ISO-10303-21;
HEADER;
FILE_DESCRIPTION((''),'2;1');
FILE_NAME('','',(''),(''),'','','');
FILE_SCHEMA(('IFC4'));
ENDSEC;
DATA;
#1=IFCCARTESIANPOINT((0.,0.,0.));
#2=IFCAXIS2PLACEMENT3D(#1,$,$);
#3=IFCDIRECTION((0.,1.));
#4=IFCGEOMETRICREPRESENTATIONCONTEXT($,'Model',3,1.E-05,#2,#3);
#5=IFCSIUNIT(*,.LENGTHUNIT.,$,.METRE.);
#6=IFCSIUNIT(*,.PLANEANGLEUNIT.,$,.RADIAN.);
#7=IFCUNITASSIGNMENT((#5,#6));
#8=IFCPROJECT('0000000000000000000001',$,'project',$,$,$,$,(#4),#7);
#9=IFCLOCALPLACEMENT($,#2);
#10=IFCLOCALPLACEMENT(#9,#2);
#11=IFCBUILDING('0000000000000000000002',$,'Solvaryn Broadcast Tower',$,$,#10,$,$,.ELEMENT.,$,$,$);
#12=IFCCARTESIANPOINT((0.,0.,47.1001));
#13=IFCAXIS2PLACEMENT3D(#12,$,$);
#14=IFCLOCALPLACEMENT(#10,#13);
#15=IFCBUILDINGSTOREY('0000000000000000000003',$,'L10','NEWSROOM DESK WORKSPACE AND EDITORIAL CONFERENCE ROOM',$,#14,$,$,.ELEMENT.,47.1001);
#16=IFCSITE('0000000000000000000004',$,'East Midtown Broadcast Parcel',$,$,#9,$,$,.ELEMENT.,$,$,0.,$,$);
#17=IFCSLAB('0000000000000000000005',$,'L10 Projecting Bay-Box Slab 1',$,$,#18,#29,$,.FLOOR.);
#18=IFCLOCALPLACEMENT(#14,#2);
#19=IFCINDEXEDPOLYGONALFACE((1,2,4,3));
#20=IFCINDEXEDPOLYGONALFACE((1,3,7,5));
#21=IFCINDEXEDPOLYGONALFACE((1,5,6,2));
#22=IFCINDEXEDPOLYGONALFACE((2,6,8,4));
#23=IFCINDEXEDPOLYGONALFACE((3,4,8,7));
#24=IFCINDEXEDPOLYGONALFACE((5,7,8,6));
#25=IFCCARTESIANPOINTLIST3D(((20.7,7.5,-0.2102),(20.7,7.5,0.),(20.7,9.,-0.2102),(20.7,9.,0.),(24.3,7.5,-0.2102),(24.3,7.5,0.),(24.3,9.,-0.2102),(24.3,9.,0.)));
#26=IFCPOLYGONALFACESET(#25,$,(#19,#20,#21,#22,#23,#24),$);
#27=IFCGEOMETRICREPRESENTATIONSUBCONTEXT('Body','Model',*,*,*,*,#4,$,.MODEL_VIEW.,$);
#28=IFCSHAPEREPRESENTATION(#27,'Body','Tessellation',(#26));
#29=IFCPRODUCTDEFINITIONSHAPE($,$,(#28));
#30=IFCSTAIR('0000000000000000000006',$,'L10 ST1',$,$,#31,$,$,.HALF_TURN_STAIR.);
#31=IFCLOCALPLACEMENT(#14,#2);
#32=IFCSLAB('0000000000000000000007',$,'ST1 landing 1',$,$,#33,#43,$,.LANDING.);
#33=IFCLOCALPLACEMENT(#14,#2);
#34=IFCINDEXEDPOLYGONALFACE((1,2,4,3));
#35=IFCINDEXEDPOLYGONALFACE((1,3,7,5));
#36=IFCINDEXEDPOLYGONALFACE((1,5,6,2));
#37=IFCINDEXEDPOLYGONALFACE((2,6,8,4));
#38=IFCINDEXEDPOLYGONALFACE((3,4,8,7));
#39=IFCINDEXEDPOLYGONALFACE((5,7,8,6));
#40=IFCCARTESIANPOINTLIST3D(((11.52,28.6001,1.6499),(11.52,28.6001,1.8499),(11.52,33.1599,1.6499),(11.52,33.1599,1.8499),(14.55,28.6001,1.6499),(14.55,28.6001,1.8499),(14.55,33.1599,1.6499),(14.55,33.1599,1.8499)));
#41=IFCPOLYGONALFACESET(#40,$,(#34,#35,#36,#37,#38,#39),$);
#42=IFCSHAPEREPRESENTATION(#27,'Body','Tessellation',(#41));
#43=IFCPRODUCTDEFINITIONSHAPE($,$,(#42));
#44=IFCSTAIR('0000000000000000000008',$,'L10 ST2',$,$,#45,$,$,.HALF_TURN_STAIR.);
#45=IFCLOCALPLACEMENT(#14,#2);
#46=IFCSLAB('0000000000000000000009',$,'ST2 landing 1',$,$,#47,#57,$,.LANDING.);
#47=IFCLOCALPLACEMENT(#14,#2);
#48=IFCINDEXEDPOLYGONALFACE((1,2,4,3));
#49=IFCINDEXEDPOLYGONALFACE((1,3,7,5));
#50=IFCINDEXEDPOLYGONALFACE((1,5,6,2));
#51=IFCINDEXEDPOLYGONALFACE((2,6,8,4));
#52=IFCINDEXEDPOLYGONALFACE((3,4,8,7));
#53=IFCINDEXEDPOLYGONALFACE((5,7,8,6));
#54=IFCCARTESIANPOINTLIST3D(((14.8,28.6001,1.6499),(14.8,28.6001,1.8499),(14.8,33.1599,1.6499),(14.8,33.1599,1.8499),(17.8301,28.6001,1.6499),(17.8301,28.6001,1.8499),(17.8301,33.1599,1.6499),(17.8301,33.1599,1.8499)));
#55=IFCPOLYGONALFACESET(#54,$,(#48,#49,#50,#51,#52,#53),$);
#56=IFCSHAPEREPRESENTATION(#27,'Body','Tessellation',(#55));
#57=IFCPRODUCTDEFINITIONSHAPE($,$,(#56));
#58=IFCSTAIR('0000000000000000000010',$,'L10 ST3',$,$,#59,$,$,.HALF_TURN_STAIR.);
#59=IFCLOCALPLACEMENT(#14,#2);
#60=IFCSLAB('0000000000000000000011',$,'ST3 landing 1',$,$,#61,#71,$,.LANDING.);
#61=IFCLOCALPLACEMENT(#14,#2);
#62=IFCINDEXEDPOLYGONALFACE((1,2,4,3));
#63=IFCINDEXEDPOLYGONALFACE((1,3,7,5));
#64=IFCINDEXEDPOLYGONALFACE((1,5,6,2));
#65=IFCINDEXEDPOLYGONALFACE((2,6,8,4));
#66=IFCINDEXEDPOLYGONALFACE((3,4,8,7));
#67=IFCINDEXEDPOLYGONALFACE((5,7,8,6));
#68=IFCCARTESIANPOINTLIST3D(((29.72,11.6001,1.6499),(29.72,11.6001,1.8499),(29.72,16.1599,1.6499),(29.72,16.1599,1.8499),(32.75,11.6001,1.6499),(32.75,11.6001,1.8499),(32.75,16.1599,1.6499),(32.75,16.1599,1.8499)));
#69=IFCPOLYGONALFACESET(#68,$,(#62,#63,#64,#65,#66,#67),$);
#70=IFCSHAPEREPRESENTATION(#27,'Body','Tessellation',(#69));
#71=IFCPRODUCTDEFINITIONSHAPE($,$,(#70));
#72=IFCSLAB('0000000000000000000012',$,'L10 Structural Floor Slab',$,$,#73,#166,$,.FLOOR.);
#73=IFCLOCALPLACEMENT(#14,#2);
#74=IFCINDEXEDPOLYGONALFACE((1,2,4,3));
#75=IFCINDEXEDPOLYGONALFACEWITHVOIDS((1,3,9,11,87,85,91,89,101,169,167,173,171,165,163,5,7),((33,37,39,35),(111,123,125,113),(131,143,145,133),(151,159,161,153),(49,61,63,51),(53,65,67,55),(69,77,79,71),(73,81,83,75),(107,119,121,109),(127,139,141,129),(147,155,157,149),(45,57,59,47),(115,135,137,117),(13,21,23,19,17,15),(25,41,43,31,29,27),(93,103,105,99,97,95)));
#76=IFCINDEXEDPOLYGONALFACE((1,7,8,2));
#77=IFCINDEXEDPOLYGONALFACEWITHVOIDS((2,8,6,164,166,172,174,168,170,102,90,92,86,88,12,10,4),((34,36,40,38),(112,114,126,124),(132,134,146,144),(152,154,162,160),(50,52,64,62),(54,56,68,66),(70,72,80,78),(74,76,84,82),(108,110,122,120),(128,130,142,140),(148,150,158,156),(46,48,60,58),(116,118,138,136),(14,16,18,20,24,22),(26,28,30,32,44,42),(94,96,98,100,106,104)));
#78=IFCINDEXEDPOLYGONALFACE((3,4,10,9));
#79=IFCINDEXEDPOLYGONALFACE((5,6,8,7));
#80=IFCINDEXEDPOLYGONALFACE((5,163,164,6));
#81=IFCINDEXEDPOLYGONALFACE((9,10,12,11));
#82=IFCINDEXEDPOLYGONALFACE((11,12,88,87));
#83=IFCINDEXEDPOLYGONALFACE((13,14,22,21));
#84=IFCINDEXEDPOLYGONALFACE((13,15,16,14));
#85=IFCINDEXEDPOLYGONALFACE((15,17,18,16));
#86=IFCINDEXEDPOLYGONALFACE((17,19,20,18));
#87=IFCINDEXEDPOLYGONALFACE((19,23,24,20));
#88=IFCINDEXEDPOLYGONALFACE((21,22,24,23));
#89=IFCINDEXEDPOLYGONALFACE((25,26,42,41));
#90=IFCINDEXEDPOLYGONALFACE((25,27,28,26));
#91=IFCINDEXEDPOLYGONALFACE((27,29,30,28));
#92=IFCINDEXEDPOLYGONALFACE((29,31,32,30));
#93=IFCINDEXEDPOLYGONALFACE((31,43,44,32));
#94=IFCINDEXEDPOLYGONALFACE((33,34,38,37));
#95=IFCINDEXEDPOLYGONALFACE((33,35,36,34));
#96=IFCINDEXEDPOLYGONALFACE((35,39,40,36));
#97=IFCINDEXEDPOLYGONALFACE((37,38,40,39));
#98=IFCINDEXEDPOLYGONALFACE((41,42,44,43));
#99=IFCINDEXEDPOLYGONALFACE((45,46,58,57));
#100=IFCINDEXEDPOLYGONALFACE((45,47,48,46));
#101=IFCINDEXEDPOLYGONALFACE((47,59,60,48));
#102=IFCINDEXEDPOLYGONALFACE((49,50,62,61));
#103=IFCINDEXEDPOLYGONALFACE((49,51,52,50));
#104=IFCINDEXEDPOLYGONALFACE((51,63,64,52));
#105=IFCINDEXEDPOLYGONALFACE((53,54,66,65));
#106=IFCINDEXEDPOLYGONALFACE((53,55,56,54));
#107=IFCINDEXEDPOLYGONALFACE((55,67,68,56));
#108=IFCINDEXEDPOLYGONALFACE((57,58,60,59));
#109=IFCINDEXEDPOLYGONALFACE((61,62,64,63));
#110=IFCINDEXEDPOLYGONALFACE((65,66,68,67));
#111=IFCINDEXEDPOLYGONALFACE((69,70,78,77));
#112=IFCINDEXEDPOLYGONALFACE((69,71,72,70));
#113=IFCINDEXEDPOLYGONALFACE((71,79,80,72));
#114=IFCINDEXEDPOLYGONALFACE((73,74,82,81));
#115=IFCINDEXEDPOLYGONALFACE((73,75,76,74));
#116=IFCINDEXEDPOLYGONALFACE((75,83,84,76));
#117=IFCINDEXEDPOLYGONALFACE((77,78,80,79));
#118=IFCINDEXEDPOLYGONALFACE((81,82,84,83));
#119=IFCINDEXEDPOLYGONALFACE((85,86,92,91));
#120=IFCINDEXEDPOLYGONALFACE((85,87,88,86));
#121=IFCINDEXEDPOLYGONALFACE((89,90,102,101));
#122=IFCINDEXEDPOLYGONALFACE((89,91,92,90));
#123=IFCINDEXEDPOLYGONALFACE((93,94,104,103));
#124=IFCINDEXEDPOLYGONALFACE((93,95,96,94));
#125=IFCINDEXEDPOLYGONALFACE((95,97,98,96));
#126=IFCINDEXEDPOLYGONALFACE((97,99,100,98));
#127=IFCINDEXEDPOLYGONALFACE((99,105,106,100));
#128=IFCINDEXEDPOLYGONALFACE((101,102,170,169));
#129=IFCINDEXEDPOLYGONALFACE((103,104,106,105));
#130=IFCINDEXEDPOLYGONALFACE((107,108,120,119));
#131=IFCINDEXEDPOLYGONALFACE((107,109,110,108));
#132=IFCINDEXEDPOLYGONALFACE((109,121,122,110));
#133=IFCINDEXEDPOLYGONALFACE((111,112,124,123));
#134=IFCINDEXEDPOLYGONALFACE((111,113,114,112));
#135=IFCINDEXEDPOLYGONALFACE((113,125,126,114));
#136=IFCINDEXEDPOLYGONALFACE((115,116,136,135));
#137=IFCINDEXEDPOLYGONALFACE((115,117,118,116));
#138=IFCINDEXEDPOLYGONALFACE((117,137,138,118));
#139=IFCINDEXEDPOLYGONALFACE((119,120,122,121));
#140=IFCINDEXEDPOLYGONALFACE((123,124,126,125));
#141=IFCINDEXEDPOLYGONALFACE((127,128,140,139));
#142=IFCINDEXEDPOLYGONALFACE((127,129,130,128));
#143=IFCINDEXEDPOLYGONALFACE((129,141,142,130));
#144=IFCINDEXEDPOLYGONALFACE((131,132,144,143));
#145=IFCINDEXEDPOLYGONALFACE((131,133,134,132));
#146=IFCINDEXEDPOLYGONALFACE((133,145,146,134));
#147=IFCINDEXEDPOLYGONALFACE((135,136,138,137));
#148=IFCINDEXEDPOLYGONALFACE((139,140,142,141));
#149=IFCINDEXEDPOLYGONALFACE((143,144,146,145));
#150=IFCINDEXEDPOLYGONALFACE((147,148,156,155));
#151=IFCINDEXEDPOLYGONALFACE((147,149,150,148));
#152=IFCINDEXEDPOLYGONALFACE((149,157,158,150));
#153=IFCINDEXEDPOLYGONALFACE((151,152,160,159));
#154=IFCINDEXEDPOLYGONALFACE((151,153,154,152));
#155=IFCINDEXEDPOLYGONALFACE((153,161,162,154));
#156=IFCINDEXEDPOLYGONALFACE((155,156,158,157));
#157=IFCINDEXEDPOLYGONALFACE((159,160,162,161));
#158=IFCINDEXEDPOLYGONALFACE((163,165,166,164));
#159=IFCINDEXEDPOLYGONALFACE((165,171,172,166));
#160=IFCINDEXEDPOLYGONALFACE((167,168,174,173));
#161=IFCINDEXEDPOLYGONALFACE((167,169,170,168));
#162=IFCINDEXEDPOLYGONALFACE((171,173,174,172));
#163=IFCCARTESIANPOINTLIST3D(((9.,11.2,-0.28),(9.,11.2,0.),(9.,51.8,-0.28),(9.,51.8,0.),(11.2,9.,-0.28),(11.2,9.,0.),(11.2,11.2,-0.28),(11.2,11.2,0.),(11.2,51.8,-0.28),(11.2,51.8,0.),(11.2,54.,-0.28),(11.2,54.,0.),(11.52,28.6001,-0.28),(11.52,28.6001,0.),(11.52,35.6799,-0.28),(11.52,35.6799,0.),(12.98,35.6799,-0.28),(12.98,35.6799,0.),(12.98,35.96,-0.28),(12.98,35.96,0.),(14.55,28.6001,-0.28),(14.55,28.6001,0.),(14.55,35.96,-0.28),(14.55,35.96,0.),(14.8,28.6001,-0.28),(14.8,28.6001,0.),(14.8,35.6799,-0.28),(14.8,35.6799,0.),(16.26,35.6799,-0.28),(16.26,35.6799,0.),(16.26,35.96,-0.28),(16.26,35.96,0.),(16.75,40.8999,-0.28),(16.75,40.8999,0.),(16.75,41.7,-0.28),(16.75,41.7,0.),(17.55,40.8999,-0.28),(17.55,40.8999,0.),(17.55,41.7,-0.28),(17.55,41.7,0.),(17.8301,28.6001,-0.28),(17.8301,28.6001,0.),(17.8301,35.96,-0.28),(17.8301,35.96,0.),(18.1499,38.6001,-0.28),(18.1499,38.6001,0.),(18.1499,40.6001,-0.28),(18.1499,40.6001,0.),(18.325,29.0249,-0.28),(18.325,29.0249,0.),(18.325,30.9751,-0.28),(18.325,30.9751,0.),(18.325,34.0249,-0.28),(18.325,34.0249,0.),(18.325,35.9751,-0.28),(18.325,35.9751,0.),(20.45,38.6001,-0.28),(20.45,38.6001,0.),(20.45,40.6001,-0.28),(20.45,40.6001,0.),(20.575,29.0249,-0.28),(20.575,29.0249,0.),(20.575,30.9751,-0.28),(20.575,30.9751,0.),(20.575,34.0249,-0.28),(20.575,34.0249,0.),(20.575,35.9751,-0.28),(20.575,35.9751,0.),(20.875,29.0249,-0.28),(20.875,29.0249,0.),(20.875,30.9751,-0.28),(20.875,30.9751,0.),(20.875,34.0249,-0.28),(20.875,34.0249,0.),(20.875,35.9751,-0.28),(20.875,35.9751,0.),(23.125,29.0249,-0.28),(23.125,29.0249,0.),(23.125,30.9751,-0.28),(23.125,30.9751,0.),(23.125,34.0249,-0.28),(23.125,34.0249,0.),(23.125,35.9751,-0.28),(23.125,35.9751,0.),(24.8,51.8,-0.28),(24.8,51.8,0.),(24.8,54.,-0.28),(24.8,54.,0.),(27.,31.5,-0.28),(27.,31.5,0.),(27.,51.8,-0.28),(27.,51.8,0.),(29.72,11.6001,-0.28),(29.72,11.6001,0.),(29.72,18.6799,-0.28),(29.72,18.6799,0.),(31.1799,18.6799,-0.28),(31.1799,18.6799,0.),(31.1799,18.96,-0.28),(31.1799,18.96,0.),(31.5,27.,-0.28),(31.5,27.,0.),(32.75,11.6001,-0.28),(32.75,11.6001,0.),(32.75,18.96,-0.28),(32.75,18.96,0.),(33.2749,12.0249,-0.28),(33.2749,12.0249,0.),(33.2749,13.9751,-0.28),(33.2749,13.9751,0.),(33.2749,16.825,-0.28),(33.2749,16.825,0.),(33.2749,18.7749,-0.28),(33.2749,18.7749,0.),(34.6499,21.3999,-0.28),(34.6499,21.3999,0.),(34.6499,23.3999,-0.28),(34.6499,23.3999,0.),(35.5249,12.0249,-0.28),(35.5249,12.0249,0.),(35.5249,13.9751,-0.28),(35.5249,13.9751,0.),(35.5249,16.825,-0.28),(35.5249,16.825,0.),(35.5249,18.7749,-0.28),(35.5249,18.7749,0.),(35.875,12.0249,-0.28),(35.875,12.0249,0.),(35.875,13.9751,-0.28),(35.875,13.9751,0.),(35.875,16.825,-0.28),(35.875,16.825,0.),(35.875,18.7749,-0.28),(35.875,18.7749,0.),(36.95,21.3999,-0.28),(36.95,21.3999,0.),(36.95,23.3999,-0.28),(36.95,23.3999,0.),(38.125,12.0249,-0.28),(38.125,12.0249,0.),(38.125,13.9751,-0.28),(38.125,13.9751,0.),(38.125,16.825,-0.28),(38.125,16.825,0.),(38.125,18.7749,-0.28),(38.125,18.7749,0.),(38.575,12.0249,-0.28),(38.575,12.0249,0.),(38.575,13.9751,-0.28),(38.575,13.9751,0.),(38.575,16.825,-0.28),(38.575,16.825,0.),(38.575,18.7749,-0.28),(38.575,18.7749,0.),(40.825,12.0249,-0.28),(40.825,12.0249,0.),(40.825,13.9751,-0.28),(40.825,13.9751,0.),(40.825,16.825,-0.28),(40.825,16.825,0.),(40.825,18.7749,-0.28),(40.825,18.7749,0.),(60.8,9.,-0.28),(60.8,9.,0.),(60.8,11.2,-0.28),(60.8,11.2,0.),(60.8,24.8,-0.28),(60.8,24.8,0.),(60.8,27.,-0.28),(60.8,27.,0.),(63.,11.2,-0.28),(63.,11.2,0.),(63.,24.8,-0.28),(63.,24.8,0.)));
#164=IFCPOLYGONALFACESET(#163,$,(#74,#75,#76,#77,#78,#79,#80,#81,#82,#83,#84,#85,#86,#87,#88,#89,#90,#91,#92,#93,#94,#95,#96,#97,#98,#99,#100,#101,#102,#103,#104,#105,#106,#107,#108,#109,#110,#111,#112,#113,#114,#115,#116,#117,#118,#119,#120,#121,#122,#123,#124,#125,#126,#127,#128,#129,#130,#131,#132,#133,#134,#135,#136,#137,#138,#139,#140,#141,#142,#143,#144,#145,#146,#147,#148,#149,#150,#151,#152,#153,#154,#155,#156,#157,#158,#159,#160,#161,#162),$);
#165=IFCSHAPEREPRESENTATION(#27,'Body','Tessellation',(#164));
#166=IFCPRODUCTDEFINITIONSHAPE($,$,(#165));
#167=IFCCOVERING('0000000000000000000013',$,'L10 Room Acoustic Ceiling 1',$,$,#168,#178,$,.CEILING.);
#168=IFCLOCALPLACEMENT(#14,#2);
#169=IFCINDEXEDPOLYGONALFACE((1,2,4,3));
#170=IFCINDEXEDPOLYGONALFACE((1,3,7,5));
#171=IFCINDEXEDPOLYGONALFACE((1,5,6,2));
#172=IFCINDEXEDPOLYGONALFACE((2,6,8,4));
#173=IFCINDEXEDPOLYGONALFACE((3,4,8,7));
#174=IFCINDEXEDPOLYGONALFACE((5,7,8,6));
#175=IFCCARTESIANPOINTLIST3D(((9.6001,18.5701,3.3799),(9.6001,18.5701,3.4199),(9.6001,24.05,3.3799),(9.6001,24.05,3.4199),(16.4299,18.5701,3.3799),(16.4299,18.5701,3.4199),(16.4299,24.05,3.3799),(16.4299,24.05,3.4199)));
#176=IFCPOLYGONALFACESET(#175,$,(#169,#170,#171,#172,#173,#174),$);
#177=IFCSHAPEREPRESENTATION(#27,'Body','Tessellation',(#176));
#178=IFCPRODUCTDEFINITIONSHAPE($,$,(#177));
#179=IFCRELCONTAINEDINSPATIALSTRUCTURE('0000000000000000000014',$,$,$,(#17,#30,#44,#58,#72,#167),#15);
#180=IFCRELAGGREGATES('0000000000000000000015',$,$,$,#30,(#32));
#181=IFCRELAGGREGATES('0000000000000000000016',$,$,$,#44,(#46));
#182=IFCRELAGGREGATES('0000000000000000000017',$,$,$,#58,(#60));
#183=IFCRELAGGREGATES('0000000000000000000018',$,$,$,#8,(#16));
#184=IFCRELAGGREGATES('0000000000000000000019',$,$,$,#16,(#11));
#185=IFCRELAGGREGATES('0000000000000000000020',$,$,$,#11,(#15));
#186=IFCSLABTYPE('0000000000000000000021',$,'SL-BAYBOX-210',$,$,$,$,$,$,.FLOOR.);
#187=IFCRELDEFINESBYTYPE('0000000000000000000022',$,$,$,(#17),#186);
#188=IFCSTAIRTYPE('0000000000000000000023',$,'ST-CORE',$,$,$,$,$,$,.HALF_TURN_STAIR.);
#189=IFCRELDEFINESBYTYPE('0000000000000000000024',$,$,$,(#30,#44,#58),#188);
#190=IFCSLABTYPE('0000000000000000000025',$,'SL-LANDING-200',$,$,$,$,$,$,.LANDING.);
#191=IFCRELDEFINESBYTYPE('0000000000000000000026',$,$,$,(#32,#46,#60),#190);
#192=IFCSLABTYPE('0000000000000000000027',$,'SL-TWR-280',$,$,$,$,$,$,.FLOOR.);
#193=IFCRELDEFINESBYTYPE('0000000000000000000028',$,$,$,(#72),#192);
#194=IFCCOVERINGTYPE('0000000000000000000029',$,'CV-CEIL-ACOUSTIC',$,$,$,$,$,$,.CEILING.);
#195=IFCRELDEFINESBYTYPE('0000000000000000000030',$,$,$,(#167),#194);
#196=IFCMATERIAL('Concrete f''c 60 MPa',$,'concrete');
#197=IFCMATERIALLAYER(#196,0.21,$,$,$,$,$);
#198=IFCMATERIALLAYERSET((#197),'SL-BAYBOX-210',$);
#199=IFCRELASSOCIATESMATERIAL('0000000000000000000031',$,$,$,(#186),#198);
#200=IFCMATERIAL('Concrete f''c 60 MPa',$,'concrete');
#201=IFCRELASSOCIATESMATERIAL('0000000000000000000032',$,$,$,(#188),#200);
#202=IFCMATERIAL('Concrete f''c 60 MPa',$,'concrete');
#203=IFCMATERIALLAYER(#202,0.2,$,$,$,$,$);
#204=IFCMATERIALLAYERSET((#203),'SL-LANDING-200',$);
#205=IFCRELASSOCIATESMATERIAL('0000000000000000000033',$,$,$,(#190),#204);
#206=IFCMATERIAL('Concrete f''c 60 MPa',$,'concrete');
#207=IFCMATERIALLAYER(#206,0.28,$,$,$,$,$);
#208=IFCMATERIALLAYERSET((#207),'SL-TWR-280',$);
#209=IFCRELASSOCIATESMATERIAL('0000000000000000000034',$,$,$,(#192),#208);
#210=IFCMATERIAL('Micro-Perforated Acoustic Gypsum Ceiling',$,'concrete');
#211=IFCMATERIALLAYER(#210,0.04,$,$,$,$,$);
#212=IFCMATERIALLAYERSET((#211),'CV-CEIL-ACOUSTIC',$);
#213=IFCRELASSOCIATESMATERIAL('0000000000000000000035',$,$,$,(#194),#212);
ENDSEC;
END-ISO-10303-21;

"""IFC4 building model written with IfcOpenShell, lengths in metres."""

from ifc_helpers import new_model, si_unit, direction, frame, origin, place, context, subcontext, project, spatial, polyline, outline, extrude, material, layer, layer_set, type_object, element, aggregate, save


model = new_model("IFC4")

# Units and contexts
model_context = context("Model", 3, precision=1e-05, world=origin(), true_north=direction((0.0, 1.0)))
body_context = subcontext(model_context, "Body", "Model", "MODEL_VIEW")
ifc_project = project(units=[si_unit("LENGTHUNIT", "METRE"), si_unit("PLANEANGLEUNIT", "RADIAN")], contexts=[model_context])

# Site, building, storey
site_placement = place(None, origin())
site = spatial("IfcSite", under=ifc_project, at=site_placement, Name="East Midtown Broadcast Parcel", CompositionType="ELEMENT", RefElevation=0.0)
building_placement = place(site_placement, origin())
building = spatial("IfcBuilding", under=site, at=building_placement, Name="Solvaryn Broadcast Tower", CompositionType="ELEMENT")
storey_placement = place(building_placement, frame((0.0, 0.0, 47.1001)))
storey = spatial("IfcBuildingStorey", under=building, at=storey_placement, Name="L10", Description="NEWSROOM DESK WORKSPACE AND EDITORIAL CONFERENCE ROOM", CompositionType="ELEMENT", Elevation=47.1001)

# Slab
ifc_material_1 = material(Name="Concrete f'c 60 MPa", Category="concrete")
ifc_layer_1 = layer(ifc_material_1, 0.21)
ifc_layer_set_1 = layer_set([ifc_layer_1], Name="SL-BAYBOX-210")
slab_type_1 = type_object("IfcSlabType", Name="SL-BAYBOX-210", PredefinedType="FLOOR", material=ifc_layer_set_1)
slab_1_placement = place(storey_placement, frame((0.0, 0.0, -0.2102)))
element("IfcSlab", 1, at=slab_1_placement, inside=storey, type_object=slab_type_1, Name="L10 Projecting Bay-Box Slab 1", PredefinedType="FLOOR", context=body_context, shape_type="SweptSolid", body=[
    extrude(outline(polyline([(20.7, 7.5), (24.3, 7.5), (24.3, 9.0), (20.7, 9.0), (20.7, 7.5)])), origin(), (0.0, 0.0, 1.0), 0.2102),
])

# Stairs, slabs
ifc_material_2 = material(Name="Concrete f'c 60 MPa", Category="concrete")
stair_type = type_object("IfcStairType", Name="ST-CORE", PredefinedType="HALF_TURN_STAIR", material=ifc_material_2)
stair_1_placement = place(storey_placement, origin())
stair_1 = element("IfcStair", 2, at=stair_1_placement, inside=storey, type_object=stair_type, Name="L10 ST1", PredefinedType="HALF_TURN_STAIR")
ifc_material_3 = material(Name="Concrete f'c 60 MPa", Category="concrete")
ifc_layer_2 = layer(ifc_material_3, 0.2)
ifc_layer_set_2 = layer_set([ifc_layer_2], Name="SL-LANDING-200")
slab_type_2 = type_object("IfcSlabType", Name="SL-LANDING-200", PredefinedType="LANDING", material=ifc_layer_set_2)
slab_2_placement = place(storey_placement, frame((0.0, 0.0, 1.6499)))
slab_2 = element("IfcSlab", 3, at=slab_2_placement, type_object=slab_type_2, Name="ST1 landing 1", PredefinedType="LANDING", context=body_context, shape_type="SweptSolid", body=[
    extrude(outline(polyline([(11.52, 33.1599), (11.52, 28.6001), (14.55, 28.6001), (14.55, 33.1599), (11.52, 33.1599)])), origin(), (0.0, 0.0, 1.0), 0.2),
])
aggregate(stair_1, [slab_2])
stair_2_placement = place(storey_placement, origin())
stair_2 = element("IfcStair", 4, at=stair_2_placement, inside=storey, type_object=stair_type, Name="L10 ST2", PredefinedType="HALF_TURN_STAIR")
slab_3_placement = place(storey_placement, frame((0.0, 0.0, 1.6499)))
slab_3 = element("IfcSlab", 5, at=slab_3_placement, type_object=slab_type_2, Name="ST2 landing 1", PredefinedType="LANDING", context=body_context, shape_type="SweptSolid", body=[
    extrude(outline(polyline([(14.8, 33.1599), (14.8, 28.6001), (17.8301, 28.6001), (17.8301, 33.1599), (14.8, 33.1599)])), origin(), (0.0, 0.0, 1.0), 0.2),
])
aggregate(stair_2, [slab_3])
stair_3_placement = place(storey_placement, origin())
stair_3 = element("IfcStair", 6, at=stair_3_placement, inside=storey, type_object=stair_type, Name="L10 ST3", PredefinedType="HALF_TURN_STAIR")
slab_4_placement = place(storey_placement, frame((0.0, 0.0, 1.6499)))
slab_4 = element("IfcSlab", 7, at=slab_4_placement, type_object=slab_type_2, Name="ST3 landing 1", PredefinedType="LANDING", context=body_context, shape_type="SweptSolid", body=[
    extrude(outline(polyline([(29.72, 16.1599), (29.72, 11.6001), (32.75, 11.6001), (32.75, 16.1599), (29.72, 16.1599)])), origin(), (0.0, 0.0, 1.0), 0.2),
])
aggregate(stair_3, [slab_4])

# Slab
ifc_material_4 = material(Name="Concrete f'c 60 MPa", Category="concrete")
ifc_layer_3 = layer(ifc_material_4, 0.28)
ifc_layer_set_3 = layer_set([ifc_layer_3], Name="SL-TWR-280")
slab_type_3 = type_object("IfcSlabType", Name="SL-TWR-280", PredefinedType="FLOOR", material=ifc_layer_set_3)
slab_5_placement = place(storey_placement, frame((0.0, 0.0, -0.28)))
element("IfcSlab", 8, at=slab_5_placement, inside=storey, type_object=slab_type_3, Name="L10 Structural Floor Slab", PredefinedType="FLOOR", context=body_context, shape_type="SweptSolid", body=[
    extrude(outline(polyline([(11.2, 9.0), (60.8, 9.0), (60.8, 11.2), (63.0, 11.2), (63.0, 24.8), (60.8, 24.8), (60.8, 27.0), (31.5, 27.0), (27.0, 31.5), (27.0, 51.8), (24.8, 51.8), (24.8, 54.0), (11.2, 54.0), (11.2, 51.8), (9.0, 51.8), (9.0, 11.2), (11.2, 11.2), (11.2, 9.0)]), holes=[polyline([(11.52, 28.6001), (14.55, 28.6001), (14.55, 35.96), (12.98, 35.96), (12.98, 35.6799), (11.52, 35.6799), (11.52, 28.6001)]), polyline([(14.8, 28.6001), (17.8301, 28.6001), (17.8301, 35.96), (16.26, 35.96), (16.26, 35.6799), (14.8, 35.6799), (14.8, 28.6001)]), polyline([(29.72, 11.6001), (32.75, 11.6001), (32.75, 18.96), (31.1799, 18.96), (31.1799, 18.6799), (29.72, 18.6799), (29.72, 11.6001)]), polyline([(18.1499, 38.6001), (20.45, 38.6001), (20.45, 40.6001), (18.1499, 40.6001), (18.1499, 38.6001)]), polyline([(18.325, 29.0249), (20.575, 29.0249), (20.575, 30.9751), (18.325, 30.9751), (18.325, 29.0249)]), polyline([(20.875, 29.0249), (23.125, 29.0249), (23.125, 30.9751), (20.875, 30.9751), (20.875, 29.0249)]), polyline([(18.325, 34.0249), (20.575, 34.0249), (20.575, 35.9751), (18.325, 35.9751), (18.325, 34.0249)]), polyline([(20.875, 34.0249), (23.125, 34.0249), (23.125, 35.9751), (20.875, 35.9751), (20.875, 34.0249)]), polyline([(34.6499, 21.3999), (36.95, 21.3999), (36.95, 23.3999), (34.6499, 23.3999), (34.6499, 21.3999)]), polyline([(33.2749, 12.0249), (35.5249, 12.0249), (35.5249, 13.9751), (33.2749, 13.9751), (33.2749, 12.0249)]), polyline([(35.875, 12.0249), (38.125, 12.0249), (38.125, 13.9751), (35.875, 13.9751), (35.875, 12.0249)]), polyline([(33.2749, 16.825), (35.5249, 16.825), (35.5249, 18.7749), (33.2749, 18.7749), (33.2749, 16.825)]), polyline([(35.875, 16.825), (38.125, 16.825), (38.125, 18.7749), (35.875, 18.7749), (35.875, 16.825)]), polyline([(38.575, 12.0249), (40.825, 12.0249), (40.825, 13.9751), (38.575, 13.9751), (38.575, 12.0249)]), polyline([(38.575, 16.825), (40.825, 16.825), (40.825, 18.7749), (38.575, 18.7749), (38.575, 16.825)]), polyline([(16.75, 40.8999), (17.55, 40.8999), (17.55, 41.7), (16.75, 41.7), (16.75, 40.8999)])]), origin(), (0.0, 0.0, 1.0), 0.28),
])

# Covering
ifc_material_5 = material(Name="Micro-Perforated Acoustic Gypsum Ceiling", Category="concrete")
ifc_layer_4 = layer(ifc_material_5, 0.04)
ifc_layer_set_4 = layer_set([ifc_layer_4], Name="CV-CEIL-ACOUSTIC")
covering_type_1 = type_object("IfcCoveringType", Name="CV-CEIL-ACOUSTIC", PredefinedType="CEILING", material=ifc_layer_set_4)
covering_1_placement = place(storey_placement, frame((0.0, 0.0, 3.3799)))
element("IfcCovering", 9, at=covering_1_placement, inside=storey, type_object=covering_type_1, Name="L10 Room Acoustic Ceiling 1", PredefinedType="CEILING", context=body_context, shape_type="SweptSolid", body=[
    extrude(outline(polyline([(9.6001, 18.5701), (16.4299, 18.5701), (16.4299, 24.05), (9.6001, 24.05), (9.6001, 18.5701)])), origin(), (0.0, 0.0, 1.0), 0.04),
])

save(model, "model.ifc")
